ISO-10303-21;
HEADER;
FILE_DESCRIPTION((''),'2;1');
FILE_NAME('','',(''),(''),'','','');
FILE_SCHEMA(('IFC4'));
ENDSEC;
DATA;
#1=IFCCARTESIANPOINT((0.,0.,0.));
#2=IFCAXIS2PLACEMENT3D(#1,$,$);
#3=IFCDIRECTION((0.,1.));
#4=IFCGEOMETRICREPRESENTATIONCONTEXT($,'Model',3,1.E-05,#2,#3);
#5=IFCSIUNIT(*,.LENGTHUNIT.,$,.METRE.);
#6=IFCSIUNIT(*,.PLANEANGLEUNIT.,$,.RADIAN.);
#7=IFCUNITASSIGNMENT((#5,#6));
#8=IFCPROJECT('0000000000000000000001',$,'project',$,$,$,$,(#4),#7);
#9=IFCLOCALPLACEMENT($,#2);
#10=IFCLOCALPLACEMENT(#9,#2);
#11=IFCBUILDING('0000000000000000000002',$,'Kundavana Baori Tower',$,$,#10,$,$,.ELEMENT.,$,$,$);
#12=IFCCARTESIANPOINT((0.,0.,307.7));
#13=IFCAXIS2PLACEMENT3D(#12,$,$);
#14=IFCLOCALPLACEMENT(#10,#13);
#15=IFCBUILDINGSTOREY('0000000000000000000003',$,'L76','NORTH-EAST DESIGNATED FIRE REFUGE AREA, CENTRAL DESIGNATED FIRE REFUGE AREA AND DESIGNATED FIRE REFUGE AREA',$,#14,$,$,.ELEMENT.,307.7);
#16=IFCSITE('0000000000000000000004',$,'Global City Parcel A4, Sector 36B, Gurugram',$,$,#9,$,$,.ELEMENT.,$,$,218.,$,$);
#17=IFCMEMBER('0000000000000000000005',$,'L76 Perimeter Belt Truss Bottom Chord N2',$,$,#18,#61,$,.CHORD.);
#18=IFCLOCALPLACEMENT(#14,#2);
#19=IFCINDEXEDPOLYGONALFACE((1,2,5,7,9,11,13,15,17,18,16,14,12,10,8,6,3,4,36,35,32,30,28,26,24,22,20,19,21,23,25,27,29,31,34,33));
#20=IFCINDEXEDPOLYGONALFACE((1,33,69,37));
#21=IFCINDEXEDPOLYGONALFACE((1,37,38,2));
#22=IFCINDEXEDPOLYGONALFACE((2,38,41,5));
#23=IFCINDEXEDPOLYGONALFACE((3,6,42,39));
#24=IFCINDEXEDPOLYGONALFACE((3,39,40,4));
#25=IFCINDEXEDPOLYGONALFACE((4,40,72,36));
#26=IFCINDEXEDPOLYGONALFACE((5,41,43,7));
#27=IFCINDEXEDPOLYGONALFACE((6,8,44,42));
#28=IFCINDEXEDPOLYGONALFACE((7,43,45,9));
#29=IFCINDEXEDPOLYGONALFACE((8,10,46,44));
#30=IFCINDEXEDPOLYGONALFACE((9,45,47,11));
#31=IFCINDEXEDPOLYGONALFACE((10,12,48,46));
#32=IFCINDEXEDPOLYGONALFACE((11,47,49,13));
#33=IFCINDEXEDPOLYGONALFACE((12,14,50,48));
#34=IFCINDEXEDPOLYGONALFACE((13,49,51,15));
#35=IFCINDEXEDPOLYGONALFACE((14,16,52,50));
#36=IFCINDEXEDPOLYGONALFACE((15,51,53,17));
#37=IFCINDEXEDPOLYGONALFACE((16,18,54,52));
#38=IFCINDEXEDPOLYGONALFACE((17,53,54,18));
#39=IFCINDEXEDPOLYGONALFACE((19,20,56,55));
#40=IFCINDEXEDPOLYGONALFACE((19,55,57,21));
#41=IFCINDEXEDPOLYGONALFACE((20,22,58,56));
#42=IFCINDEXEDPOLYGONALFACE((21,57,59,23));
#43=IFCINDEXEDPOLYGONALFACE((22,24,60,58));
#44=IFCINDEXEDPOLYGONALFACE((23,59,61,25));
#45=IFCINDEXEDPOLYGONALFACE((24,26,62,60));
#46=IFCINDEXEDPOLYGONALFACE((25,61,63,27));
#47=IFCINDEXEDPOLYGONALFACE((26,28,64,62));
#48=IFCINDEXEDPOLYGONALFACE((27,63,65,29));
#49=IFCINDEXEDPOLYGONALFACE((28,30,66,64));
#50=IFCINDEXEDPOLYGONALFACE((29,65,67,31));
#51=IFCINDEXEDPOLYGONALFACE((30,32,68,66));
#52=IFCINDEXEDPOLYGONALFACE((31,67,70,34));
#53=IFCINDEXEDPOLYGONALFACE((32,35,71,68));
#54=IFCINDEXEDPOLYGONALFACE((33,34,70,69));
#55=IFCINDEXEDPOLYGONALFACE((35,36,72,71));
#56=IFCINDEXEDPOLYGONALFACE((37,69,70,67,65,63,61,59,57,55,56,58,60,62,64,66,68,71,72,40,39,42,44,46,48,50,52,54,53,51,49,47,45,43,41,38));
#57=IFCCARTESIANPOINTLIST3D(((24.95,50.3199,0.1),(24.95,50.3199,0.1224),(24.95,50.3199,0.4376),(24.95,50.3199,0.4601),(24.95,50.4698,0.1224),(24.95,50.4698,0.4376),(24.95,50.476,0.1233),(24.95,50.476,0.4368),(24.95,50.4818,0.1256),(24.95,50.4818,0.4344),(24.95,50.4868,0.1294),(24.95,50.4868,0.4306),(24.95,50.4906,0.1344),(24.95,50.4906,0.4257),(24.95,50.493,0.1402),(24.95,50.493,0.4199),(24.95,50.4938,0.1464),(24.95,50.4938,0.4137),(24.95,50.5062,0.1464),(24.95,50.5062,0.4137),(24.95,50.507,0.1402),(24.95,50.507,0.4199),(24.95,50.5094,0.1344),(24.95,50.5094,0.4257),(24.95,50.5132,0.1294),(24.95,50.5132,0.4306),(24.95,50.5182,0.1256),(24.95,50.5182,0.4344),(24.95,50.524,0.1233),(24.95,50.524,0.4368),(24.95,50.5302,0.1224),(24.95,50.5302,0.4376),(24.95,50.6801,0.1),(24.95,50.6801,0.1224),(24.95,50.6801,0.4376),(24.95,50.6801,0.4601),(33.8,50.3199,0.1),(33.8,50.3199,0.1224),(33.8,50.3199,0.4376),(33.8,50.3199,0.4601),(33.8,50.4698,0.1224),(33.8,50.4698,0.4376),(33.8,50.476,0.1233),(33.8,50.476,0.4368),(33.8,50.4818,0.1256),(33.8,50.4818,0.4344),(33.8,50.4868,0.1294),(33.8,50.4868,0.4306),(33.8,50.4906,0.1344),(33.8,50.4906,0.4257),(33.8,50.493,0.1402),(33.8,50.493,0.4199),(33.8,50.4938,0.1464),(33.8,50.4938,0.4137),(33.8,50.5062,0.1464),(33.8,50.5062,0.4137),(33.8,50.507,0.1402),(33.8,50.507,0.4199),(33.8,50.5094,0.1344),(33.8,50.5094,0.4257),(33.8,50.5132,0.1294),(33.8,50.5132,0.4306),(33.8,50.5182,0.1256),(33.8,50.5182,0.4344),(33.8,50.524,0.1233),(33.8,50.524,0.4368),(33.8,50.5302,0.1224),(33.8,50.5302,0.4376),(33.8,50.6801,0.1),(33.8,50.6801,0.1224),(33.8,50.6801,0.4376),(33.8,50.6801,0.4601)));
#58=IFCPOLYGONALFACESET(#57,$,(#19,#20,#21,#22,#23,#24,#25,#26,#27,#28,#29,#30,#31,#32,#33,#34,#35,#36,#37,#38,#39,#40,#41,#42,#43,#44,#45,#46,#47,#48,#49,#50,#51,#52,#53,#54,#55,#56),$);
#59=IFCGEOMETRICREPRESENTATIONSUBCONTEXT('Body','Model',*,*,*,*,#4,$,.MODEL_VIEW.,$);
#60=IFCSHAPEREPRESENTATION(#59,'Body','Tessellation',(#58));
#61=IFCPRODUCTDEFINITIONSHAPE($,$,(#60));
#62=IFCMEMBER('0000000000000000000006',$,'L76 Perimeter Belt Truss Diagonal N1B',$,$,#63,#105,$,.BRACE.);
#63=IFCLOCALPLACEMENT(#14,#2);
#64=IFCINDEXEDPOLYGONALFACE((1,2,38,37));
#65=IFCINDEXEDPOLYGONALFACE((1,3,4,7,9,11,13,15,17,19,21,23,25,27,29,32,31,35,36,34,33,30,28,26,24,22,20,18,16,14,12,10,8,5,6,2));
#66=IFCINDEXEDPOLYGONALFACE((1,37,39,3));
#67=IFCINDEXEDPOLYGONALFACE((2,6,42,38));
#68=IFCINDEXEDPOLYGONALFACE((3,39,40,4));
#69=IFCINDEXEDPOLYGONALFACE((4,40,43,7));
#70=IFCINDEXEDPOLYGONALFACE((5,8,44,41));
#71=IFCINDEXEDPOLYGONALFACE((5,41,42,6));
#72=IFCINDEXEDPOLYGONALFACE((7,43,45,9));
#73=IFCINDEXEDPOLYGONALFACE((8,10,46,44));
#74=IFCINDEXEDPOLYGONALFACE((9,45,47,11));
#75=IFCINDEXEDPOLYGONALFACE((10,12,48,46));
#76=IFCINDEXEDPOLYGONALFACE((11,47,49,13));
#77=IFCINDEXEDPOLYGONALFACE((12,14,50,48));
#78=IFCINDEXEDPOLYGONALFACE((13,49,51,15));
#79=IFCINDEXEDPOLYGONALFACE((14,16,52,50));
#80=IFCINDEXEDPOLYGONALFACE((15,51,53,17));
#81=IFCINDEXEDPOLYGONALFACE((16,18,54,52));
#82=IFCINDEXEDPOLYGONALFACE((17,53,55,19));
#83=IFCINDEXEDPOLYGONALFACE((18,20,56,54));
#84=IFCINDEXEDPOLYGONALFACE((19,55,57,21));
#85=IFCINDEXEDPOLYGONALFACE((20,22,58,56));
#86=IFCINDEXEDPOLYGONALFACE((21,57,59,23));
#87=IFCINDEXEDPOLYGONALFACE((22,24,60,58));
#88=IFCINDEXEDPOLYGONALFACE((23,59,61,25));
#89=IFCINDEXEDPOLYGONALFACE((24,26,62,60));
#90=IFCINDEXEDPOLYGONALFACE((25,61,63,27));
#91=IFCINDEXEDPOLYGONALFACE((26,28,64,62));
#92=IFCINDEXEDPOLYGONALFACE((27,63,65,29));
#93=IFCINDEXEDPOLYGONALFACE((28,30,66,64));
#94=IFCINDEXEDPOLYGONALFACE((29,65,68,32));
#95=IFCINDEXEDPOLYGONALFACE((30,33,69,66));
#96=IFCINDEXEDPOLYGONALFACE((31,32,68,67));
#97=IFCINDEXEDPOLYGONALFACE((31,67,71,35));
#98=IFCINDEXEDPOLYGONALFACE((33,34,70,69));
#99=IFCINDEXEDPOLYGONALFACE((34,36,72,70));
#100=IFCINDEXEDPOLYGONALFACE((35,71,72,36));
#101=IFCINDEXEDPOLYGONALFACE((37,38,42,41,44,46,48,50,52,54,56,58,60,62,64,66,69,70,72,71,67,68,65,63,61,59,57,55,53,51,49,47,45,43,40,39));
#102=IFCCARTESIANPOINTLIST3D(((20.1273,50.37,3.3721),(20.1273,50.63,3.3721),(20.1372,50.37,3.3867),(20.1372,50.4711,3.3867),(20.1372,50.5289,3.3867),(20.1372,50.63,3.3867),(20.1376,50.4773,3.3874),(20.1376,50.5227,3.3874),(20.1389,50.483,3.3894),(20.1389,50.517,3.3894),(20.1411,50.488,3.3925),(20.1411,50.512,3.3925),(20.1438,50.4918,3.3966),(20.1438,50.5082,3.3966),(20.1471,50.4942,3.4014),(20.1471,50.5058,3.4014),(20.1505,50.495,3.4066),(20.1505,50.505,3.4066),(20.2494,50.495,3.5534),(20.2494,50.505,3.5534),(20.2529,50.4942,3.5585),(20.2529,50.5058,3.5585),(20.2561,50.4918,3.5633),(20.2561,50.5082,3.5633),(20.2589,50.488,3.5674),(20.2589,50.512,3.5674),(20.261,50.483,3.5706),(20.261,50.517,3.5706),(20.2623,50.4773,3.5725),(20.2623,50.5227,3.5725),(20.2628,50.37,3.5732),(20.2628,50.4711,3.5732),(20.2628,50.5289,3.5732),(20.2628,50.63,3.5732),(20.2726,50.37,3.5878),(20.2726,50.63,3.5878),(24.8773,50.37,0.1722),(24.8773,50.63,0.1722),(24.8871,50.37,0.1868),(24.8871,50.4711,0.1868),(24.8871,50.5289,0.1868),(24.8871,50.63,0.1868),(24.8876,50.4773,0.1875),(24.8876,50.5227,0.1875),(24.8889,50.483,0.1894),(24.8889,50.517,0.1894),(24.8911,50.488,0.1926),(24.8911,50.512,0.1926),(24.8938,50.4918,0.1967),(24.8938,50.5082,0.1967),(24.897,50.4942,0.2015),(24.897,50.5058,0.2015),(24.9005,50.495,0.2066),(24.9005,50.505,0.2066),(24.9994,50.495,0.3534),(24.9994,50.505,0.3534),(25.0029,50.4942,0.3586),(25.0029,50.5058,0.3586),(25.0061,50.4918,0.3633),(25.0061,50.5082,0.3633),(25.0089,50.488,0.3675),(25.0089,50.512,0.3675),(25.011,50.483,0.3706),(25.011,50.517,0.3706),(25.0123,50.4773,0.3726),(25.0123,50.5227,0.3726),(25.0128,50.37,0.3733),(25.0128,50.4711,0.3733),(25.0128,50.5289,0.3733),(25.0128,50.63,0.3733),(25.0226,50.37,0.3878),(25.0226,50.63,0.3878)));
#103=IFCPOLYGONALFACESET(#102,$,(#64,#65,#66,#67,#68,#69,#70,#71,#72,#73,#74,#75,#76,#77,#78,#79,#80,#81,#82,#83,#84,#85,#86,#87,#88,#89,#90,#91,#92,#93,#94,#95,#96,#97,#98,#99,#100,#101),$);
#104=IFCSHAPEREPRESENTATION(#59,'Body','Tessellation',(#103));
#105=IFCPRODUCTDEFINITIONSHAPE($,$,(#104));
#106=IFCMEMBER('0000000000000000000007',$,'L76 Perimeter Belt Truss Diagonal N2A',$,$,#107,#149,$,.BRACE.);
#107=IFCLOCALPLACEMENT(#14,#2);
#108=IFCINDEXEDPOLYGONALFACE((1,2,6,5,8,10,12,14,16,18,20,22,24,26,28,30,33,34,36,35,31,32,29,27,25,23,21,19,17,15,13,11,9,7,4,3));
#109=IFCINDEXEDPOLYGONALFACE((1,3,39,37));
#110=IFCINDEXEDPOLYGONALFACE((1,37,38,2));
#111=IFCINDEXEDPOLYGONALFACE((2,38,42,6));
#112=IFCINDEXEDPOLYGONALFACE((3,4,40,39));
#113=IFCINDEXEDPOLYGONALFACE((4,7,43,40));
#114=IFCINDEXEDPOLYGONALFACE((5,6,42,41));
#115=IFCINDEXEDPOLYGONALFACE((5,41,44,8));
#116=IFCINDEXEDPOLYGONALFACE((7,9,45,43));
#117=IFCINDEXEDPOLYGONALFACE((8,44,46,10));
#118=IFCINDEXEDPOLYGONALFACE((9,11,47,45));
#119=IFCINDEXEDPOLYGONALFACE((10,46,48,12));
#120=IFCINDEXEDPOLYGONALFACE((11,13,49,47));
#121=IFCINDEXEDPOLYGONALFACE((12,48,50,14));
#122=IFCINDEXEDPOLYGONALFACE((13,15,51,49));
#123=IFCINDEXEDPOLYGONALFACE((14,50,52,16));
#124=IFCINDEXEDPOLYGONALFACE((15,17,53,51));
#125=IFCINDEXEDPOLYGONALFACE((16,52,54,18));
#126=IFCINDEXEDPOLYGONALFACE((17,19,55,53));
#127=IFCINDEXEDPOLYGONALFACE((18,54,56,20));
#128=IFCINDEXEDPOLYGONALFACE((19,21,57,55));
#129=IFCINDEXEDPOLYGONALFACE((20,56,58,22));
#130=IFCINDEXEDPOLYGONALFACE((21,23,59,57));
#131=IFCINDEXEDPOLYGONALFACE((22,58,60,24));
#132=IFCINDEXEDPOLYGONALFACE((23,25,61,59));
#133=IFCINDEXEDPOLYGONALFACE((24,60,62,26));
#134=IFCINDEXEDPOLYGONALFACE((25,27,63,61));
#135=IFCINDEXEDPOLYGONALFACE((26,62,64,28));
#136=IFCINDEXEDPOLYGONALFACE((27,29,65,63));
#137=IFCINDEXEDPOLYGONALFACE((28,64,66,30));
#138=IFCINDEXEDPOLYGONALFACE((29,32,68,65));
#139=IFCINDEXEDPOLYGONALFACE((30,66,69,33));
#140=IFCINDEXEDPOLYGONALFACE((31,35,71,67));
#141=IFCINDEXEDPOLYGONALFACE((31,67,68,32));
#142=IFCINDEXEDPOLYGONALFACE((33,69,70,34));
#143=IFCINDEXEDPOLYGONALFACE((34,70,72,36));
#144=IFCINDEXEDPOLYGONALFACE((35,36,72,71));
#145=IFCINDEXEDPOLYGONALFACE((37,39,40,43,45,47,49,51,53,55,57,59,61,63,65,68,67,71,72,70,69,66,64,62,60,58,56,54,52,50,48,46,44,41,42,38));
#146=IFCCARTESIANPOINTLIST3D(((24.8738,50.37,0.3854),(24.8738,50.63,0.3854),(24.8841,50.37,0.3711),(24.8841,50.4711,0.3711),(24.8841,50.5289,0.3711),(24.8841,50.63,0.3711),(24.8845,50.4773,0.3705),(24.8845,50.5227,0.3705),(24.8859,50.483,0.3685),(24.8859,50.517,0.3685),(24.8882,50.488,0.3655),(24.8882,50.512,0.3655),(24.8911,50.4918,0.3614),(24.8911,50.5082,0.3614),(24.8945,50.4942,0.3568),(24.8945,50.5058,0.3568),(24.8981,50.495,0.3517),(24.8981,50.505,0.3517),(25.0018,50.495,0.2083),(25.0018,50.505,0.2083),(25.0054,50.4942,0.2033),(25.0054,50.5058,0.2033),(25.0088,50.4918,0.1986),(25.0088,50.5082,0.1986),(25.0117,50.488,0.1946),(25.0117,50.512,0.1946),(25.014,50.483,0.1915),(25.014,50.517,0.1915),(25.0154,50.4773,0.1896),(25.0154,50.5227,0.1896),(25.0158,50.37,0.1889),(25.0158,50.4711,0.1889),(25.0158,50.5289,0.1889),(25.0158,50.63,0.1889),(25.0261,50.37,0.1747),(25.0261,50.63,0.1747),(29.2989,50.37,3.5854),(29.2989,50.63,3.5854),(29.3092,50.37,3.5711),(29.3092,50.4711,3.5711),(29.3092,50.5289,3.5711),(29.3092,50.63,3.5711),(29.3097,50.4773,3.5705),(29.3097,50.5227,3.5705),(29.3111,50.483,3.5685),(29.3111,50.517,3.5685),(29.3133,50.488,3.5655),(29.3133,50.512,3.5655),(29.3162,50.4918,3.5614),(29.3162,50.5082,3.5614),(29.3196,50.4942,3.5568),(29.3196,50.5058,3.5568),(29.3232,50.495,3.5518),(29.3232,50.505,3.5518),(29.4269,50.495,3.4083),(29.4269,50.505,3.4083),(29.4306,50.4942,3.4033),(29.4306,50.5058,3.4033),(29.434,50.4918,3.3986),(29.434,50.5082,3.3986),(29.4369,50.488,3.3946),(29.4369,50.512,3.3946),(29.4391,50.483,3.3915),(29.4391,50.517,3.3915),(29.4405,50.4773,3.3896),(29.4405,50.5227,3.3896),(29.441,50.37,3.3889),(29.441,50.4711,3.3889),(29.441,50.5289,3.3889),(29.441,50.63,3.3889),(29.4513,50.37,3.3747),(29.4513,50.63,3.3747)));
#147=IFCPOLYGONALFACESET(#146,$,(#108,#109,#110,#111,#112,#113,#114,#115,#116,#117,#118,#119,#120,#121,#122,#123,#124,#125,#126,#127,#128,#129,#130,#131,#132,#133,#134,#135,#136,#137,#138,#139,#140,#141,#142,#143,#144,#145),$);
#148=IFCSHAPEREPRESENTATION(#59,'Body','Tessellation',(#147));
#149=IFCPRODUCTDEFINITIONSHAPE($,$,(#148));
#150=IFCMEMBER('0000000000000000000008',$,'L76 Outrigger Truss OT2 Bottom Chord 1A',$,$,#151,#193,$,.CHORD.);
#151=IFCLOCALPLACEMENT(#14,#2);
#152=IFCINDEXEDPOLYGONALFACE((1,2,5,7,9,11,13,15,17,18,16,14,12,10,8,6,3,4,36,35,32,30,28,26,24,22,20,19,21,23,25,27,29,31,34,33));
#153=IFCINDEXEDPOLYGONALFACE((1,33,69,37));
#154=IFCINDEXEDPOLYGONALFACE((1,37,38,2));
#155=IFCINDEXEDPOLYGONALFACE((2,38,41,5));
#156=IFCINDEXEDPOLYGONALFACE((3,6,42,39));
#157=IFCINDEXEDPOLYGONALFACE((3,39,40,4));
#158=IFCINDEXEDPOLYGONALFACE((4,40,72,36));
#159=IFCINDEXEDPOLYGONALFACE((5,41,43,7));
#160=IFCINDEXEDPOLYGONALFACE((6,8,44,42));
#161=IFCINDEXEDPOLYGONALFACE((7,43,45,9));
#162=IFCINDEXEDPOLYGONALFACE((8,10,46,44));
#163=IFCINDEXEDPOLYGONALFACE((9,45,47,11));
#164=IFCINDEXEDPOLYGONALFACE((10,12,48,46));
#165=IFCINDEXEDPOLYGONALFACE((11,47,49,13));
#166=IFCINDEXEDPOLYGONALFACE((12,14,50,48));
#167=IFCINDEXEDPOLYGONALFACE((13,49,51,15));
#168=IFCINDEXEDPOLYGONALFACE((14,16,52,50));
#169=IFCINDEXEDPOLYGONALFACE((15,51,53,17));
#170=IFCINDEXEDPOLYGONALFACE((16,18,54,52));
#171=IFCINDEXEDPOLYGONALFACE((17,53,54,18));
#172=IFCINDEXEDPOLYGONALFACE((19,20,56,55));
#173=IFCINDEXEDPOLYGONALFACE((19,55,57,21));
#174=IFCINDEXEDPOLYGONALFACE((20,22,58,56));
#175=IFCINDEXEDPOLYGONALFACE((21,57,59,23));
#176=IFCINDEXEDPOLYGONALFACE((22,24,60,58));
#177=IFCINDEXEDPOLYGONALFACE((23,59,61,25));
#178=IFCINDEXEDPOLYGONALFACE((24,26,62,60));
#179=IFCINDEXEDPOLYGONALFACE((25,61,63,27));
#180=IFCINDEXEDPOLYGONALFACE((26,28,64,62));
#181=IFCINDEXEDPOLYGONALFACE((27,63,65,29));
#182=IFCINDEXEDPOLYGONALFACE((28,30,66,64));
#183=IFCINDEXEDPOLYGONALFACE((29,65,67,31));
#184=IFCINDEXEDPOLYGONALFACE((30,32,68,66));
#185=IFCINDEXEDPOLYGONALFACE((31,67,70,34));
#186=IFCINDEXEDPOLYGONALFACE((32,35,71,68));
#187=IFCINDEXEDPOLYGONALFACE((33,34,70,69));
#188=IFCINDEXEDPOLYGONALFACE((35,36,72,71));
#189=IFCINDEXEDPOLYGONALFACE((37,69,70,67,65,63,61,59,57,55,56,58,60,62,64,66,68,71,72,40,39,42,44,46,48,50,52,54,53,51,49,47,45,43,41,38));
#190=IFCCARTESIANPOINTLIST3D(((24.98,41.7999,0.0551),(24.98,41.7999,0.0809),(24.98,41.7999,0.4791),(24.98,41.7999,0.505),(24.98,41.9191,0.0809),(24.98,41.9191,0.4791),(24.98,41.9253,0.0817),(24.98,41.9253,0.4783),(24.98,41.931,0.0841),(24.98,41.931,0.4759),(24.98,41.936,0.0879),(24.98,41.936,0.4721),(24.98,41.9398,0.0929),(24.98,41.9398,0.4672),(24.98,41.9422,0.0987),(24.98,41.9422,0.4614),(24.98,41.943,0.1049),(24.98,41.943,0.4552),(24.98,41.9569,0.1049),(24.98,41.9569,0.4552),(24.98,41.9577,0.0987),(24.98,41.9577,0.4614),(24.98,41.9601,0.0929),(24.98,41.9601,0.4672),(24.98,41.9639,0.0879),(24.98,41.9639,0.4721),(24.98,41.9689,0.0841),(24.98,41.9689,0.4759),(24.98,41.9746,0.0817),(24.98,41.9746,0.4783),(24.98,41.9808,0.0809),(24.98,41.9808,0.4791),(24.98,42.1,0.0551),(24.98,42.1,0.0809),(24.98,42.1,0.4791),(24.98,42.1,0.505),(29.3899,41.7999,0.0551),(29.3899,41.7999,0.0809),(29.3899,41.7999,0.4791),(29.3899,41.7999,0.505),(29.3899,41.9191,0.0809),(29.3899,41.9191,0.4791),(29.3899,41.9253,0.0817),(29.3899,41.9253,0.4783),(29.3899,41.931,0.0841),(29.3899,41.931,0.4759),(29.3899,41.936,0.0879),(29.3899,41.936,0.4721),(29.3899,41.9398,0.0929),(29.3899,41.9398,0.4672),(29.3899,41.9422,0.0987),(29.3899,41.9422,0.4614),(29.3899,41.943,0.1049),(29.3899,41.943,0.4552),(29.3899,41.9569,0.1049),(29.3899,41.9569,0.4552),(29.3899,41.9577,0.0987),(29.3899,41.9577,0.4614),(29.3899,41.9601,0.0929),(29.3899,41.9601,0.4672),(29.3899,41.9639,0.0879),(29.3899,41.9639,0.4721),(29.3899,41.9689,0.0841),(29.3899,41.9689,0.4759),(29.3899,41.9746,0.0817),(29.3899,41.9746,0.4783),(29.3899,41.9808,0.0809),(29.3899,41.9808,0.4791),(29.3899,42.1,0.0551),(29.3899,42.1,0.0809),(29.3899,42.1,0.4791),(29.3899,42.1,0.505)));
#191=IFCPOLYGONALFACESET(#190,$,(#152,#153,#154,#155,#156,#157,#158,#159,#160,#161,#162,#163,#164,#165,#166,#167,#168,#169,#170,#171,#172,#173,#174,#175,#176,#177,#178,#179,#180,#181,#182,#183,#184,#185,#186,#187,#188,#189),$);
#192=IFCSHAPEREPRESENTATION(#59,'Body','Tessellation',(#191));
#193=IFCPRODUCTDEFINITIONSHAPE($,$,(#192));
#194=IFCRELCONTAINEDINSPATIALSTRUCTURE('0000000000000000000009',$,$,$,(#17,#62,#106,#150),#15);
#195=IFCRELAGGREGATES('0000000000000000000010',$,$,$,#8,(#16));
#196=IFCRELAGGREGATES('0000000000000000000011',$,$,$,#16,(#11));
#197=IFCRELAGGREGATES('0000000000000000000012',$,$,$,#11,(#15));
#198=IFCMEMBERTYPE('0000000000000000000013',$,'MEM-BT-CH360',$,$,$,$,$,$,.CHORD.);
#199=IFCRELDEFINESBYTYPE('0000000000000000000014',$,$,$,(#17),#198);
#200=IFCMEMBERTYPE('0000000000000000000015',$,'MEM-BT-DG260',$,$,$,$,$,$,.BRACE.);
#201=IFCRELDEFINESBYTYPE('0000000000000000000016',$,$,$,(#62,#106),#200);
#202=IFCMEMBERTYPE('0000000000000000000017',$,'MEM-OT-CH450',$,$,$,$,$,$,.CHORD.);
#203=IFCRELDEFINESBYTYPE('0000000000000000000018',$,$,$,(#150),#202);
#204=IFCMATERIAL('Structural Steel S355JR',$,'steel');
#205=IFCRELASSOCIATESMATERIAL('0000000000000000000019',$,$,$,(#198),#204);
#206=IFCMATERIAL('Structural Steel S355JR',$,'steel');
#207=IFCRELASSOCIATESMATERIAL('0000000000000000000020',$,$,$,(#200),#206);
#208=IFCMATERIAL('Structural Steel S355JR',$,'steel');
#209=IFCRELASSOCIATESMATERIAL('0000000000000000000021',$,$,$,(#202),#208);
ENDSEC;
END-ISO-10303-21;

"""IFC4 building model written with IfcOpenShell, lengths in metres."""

from ifc_helpers import new_model, si_unit, direction, frame, origin, origin_2d, place, context, subcontext, project, spatial, i_section, extrude, material, material_profile, profile_set, type_object, element, save


model = new_model("IFC4")

# Units and contexts
model_context = context("Model", 3, precision=1e-05, world=origin(), true_north=direction((0.0, 1.0)))
body_context = subcontext(model_context, "Body", "Model", "MODEL_VIEW")
ifc_project = project(units=[si_unit("LENGTHUNIT", "METRE"), si_unit("PLANEANGLEUNIT", "RADIAN")], contexts=[model_context])

# Site, building, storey
site_placement = place(None, origin())
site = spatial("IfcSite", under=ifc_project, at=site_placement, Name="Global City Parcel A4, Sector 36B, Gurugram", CompositionType="ELEMENT", RefElevation=218.0)
building_placement = place(site_placement, origin())
building = spatial("IfcBuilding", under=site, at=building_placement, Name="Kundavana Baori Tower", CompositionType="ELEMENT")
storey_placement = place(building_placement, frame((0.0, 0.0, 307.7)))
storey = spatial("IfcBuildingStorey", under=building, at=storey_placement, Name="L76", Description="NORTH-EAST DESIGNATED FIRE REFUGE AREA, CENTRAL DESIGNATED FIRE REFUGE AREA AND DESIGNATED FIRE REFUGE AREA", CompositionType="ELEMENT", Elevation=307.7)

# Members
ifc_material_1 = material(Name="Structural Steel S355JR", Category="steel")
ifc_material_profile_1 = material_profile(ifc_material_1, i_section(OverallWidth=0.3601, OverallDepth=0.3601, WebThickness=0.0125, FlangeThickness=0.0225, FilletRadius=0.0239, at=origin_2d()), Name="WPB 360x360x142")
ifc_profile_set_1 = profile_set([ifc_material_profile_1], Name="Structural Steel S355JR")
member_type_1 = type_object("IfcMemberType", Name="MEM-BT-CH360", PredefinedType="CHORD", material=ifc_profile_set_1)
member_1_placement = place(storey_placement, frame((24.95, 50.5, 0.28), z_axis=(1.0, 0.0, 0.0), x_axis=(0.0, 1.0, 0.0)))
element("IfcMember", 1, at=member_1_placement, inside=storey, type_object=member_type_1, Name="L76 Perimeter Belt Truss Bottom Chord N2", PredefinedType="CHORD", context=body_context, shape_type="SweptSolid", body=[
    extrude(i_section(OverallWidth=0.3601, OverallDepth=0.3601, WebThickness=0.0125, FlangeThickness=0.0225, FilletRadius=0.0239, at=origin_2d()), origin(), (0.0, 0.0, 1.0), 8.8501),
])
ifc_material_2 = material(Name="Structural Steel S355JR", Category="steel")
ifc_material_profile_2 = material_profile(ifc_material_2, i_section(OverallWidth=0.26, OverallDepth=0.26, WebThickness=0.01, FlangeThickness=0.0176, FilletRadius=0.0239, at=origin_2d()), Name="WPB 260x260x93")
ifc_profile_set_2 = profile_set([ifc_material_profile_2], Name="Structural Steel S355JR")
member_type_2 = type_object("IfcMemberType", Name="MEM-BT-DG260", PredefinedType="BRACE", material=ifc_profile_set_2)
member_2_placement = place(storey_placement, frame((24.95, 50.5, 0.28), z_axis=(-0.829358, 0.0, 0.558717), x_axis=(0.0, -1.0, 0.0)))
element("IfcMember", 2, at=member_2_placement, inside=storey, type_object=member_type_2, Name="L76 Perimeter Belt Truss Diagonal N1B", PredefinedType="BRACE", context=body_context, shape_type="SweptSolid", body=[
    extrude(i_section(OverallWidth=0.26, OverallDepth=0.26, WebThickness=0.01, FlangeThickness=0.0176, FilletRadius=0.0239, at=origin_2d()), origin(), (0.0, 0.0, 1.0), 5.7273),
])
member_3_placement = place(storey_placement, frame((24.95, 50.5, 0.28), z_axis=(0.810324, 0.0, 0.585982), x_axis=(0.0, 1.0, 0.0)))
element("IfcMember", 3, at=member_3_placement, inside=storey, type_object=member_type_2, Name="L76 Perimeter Belt Truss Diagonal N2A", PredefinedType="BRACE", context=body_context, shape_type="SweptSolid", body=[
    extrude(i_section(OverallWidth=0.26, OverallDepth=0.26, WebThickness=0.01, FlangeThickness=0.0176, FilletRadius=0.0239, at=origin_2d()), origin(), (0.0, 0.0, 1.0), 5.4609),
])
ifc_material_3 = material(Name="Structural Steel S355JR", Category="steel")
ifc_material_profile_3 = material_profile(ifc_material_3, i_section(OverallWidth=0.3, OverallDepth=0.45, WebThickness=0.0139, FlangeThickness=0.0259, FilletRadius=0.0239, at=origin_2d()), Name="WPB 450x300x142")
ifc_profile_set_3 = profile_set([ifc_material_profile_3], Name="Structural Steel S355JR")
member_type_3 = type_object("IfcMemberType", Name="MEM-OT-CH450", PredefinedType="CHORD", material=ifc_profile_set_3)
for number, where, z_axis, x_axis, name in (
    (4, (24.98, 41.95, 0.28), (1.0, 0.0, 0.0), (0.0, 1.0, 0.0), "L76 Outrigger Truss OT2 Bottom Chord 1A"),
):
    element("IfcMember", number, at=place(storey_placement, frame(where, z_axis=z_axis, x_axis=x_axis)), inside=storey, type_object=member_type_3, Name=name, PredefinedType="CHORD", context=body_context, shape_type="SweptSolid", body=[
        extrude(i_section(OverallWidth=0.3, OverallDepth=0.45, WebThickness=0.0139, FlangeThickness=0.0259, FilletRadius=0.0239, at=origin_2d()), origin(), (0.0, 0.0, 1.0), 4.4099),
    ])

save(model, "model.ifc")
